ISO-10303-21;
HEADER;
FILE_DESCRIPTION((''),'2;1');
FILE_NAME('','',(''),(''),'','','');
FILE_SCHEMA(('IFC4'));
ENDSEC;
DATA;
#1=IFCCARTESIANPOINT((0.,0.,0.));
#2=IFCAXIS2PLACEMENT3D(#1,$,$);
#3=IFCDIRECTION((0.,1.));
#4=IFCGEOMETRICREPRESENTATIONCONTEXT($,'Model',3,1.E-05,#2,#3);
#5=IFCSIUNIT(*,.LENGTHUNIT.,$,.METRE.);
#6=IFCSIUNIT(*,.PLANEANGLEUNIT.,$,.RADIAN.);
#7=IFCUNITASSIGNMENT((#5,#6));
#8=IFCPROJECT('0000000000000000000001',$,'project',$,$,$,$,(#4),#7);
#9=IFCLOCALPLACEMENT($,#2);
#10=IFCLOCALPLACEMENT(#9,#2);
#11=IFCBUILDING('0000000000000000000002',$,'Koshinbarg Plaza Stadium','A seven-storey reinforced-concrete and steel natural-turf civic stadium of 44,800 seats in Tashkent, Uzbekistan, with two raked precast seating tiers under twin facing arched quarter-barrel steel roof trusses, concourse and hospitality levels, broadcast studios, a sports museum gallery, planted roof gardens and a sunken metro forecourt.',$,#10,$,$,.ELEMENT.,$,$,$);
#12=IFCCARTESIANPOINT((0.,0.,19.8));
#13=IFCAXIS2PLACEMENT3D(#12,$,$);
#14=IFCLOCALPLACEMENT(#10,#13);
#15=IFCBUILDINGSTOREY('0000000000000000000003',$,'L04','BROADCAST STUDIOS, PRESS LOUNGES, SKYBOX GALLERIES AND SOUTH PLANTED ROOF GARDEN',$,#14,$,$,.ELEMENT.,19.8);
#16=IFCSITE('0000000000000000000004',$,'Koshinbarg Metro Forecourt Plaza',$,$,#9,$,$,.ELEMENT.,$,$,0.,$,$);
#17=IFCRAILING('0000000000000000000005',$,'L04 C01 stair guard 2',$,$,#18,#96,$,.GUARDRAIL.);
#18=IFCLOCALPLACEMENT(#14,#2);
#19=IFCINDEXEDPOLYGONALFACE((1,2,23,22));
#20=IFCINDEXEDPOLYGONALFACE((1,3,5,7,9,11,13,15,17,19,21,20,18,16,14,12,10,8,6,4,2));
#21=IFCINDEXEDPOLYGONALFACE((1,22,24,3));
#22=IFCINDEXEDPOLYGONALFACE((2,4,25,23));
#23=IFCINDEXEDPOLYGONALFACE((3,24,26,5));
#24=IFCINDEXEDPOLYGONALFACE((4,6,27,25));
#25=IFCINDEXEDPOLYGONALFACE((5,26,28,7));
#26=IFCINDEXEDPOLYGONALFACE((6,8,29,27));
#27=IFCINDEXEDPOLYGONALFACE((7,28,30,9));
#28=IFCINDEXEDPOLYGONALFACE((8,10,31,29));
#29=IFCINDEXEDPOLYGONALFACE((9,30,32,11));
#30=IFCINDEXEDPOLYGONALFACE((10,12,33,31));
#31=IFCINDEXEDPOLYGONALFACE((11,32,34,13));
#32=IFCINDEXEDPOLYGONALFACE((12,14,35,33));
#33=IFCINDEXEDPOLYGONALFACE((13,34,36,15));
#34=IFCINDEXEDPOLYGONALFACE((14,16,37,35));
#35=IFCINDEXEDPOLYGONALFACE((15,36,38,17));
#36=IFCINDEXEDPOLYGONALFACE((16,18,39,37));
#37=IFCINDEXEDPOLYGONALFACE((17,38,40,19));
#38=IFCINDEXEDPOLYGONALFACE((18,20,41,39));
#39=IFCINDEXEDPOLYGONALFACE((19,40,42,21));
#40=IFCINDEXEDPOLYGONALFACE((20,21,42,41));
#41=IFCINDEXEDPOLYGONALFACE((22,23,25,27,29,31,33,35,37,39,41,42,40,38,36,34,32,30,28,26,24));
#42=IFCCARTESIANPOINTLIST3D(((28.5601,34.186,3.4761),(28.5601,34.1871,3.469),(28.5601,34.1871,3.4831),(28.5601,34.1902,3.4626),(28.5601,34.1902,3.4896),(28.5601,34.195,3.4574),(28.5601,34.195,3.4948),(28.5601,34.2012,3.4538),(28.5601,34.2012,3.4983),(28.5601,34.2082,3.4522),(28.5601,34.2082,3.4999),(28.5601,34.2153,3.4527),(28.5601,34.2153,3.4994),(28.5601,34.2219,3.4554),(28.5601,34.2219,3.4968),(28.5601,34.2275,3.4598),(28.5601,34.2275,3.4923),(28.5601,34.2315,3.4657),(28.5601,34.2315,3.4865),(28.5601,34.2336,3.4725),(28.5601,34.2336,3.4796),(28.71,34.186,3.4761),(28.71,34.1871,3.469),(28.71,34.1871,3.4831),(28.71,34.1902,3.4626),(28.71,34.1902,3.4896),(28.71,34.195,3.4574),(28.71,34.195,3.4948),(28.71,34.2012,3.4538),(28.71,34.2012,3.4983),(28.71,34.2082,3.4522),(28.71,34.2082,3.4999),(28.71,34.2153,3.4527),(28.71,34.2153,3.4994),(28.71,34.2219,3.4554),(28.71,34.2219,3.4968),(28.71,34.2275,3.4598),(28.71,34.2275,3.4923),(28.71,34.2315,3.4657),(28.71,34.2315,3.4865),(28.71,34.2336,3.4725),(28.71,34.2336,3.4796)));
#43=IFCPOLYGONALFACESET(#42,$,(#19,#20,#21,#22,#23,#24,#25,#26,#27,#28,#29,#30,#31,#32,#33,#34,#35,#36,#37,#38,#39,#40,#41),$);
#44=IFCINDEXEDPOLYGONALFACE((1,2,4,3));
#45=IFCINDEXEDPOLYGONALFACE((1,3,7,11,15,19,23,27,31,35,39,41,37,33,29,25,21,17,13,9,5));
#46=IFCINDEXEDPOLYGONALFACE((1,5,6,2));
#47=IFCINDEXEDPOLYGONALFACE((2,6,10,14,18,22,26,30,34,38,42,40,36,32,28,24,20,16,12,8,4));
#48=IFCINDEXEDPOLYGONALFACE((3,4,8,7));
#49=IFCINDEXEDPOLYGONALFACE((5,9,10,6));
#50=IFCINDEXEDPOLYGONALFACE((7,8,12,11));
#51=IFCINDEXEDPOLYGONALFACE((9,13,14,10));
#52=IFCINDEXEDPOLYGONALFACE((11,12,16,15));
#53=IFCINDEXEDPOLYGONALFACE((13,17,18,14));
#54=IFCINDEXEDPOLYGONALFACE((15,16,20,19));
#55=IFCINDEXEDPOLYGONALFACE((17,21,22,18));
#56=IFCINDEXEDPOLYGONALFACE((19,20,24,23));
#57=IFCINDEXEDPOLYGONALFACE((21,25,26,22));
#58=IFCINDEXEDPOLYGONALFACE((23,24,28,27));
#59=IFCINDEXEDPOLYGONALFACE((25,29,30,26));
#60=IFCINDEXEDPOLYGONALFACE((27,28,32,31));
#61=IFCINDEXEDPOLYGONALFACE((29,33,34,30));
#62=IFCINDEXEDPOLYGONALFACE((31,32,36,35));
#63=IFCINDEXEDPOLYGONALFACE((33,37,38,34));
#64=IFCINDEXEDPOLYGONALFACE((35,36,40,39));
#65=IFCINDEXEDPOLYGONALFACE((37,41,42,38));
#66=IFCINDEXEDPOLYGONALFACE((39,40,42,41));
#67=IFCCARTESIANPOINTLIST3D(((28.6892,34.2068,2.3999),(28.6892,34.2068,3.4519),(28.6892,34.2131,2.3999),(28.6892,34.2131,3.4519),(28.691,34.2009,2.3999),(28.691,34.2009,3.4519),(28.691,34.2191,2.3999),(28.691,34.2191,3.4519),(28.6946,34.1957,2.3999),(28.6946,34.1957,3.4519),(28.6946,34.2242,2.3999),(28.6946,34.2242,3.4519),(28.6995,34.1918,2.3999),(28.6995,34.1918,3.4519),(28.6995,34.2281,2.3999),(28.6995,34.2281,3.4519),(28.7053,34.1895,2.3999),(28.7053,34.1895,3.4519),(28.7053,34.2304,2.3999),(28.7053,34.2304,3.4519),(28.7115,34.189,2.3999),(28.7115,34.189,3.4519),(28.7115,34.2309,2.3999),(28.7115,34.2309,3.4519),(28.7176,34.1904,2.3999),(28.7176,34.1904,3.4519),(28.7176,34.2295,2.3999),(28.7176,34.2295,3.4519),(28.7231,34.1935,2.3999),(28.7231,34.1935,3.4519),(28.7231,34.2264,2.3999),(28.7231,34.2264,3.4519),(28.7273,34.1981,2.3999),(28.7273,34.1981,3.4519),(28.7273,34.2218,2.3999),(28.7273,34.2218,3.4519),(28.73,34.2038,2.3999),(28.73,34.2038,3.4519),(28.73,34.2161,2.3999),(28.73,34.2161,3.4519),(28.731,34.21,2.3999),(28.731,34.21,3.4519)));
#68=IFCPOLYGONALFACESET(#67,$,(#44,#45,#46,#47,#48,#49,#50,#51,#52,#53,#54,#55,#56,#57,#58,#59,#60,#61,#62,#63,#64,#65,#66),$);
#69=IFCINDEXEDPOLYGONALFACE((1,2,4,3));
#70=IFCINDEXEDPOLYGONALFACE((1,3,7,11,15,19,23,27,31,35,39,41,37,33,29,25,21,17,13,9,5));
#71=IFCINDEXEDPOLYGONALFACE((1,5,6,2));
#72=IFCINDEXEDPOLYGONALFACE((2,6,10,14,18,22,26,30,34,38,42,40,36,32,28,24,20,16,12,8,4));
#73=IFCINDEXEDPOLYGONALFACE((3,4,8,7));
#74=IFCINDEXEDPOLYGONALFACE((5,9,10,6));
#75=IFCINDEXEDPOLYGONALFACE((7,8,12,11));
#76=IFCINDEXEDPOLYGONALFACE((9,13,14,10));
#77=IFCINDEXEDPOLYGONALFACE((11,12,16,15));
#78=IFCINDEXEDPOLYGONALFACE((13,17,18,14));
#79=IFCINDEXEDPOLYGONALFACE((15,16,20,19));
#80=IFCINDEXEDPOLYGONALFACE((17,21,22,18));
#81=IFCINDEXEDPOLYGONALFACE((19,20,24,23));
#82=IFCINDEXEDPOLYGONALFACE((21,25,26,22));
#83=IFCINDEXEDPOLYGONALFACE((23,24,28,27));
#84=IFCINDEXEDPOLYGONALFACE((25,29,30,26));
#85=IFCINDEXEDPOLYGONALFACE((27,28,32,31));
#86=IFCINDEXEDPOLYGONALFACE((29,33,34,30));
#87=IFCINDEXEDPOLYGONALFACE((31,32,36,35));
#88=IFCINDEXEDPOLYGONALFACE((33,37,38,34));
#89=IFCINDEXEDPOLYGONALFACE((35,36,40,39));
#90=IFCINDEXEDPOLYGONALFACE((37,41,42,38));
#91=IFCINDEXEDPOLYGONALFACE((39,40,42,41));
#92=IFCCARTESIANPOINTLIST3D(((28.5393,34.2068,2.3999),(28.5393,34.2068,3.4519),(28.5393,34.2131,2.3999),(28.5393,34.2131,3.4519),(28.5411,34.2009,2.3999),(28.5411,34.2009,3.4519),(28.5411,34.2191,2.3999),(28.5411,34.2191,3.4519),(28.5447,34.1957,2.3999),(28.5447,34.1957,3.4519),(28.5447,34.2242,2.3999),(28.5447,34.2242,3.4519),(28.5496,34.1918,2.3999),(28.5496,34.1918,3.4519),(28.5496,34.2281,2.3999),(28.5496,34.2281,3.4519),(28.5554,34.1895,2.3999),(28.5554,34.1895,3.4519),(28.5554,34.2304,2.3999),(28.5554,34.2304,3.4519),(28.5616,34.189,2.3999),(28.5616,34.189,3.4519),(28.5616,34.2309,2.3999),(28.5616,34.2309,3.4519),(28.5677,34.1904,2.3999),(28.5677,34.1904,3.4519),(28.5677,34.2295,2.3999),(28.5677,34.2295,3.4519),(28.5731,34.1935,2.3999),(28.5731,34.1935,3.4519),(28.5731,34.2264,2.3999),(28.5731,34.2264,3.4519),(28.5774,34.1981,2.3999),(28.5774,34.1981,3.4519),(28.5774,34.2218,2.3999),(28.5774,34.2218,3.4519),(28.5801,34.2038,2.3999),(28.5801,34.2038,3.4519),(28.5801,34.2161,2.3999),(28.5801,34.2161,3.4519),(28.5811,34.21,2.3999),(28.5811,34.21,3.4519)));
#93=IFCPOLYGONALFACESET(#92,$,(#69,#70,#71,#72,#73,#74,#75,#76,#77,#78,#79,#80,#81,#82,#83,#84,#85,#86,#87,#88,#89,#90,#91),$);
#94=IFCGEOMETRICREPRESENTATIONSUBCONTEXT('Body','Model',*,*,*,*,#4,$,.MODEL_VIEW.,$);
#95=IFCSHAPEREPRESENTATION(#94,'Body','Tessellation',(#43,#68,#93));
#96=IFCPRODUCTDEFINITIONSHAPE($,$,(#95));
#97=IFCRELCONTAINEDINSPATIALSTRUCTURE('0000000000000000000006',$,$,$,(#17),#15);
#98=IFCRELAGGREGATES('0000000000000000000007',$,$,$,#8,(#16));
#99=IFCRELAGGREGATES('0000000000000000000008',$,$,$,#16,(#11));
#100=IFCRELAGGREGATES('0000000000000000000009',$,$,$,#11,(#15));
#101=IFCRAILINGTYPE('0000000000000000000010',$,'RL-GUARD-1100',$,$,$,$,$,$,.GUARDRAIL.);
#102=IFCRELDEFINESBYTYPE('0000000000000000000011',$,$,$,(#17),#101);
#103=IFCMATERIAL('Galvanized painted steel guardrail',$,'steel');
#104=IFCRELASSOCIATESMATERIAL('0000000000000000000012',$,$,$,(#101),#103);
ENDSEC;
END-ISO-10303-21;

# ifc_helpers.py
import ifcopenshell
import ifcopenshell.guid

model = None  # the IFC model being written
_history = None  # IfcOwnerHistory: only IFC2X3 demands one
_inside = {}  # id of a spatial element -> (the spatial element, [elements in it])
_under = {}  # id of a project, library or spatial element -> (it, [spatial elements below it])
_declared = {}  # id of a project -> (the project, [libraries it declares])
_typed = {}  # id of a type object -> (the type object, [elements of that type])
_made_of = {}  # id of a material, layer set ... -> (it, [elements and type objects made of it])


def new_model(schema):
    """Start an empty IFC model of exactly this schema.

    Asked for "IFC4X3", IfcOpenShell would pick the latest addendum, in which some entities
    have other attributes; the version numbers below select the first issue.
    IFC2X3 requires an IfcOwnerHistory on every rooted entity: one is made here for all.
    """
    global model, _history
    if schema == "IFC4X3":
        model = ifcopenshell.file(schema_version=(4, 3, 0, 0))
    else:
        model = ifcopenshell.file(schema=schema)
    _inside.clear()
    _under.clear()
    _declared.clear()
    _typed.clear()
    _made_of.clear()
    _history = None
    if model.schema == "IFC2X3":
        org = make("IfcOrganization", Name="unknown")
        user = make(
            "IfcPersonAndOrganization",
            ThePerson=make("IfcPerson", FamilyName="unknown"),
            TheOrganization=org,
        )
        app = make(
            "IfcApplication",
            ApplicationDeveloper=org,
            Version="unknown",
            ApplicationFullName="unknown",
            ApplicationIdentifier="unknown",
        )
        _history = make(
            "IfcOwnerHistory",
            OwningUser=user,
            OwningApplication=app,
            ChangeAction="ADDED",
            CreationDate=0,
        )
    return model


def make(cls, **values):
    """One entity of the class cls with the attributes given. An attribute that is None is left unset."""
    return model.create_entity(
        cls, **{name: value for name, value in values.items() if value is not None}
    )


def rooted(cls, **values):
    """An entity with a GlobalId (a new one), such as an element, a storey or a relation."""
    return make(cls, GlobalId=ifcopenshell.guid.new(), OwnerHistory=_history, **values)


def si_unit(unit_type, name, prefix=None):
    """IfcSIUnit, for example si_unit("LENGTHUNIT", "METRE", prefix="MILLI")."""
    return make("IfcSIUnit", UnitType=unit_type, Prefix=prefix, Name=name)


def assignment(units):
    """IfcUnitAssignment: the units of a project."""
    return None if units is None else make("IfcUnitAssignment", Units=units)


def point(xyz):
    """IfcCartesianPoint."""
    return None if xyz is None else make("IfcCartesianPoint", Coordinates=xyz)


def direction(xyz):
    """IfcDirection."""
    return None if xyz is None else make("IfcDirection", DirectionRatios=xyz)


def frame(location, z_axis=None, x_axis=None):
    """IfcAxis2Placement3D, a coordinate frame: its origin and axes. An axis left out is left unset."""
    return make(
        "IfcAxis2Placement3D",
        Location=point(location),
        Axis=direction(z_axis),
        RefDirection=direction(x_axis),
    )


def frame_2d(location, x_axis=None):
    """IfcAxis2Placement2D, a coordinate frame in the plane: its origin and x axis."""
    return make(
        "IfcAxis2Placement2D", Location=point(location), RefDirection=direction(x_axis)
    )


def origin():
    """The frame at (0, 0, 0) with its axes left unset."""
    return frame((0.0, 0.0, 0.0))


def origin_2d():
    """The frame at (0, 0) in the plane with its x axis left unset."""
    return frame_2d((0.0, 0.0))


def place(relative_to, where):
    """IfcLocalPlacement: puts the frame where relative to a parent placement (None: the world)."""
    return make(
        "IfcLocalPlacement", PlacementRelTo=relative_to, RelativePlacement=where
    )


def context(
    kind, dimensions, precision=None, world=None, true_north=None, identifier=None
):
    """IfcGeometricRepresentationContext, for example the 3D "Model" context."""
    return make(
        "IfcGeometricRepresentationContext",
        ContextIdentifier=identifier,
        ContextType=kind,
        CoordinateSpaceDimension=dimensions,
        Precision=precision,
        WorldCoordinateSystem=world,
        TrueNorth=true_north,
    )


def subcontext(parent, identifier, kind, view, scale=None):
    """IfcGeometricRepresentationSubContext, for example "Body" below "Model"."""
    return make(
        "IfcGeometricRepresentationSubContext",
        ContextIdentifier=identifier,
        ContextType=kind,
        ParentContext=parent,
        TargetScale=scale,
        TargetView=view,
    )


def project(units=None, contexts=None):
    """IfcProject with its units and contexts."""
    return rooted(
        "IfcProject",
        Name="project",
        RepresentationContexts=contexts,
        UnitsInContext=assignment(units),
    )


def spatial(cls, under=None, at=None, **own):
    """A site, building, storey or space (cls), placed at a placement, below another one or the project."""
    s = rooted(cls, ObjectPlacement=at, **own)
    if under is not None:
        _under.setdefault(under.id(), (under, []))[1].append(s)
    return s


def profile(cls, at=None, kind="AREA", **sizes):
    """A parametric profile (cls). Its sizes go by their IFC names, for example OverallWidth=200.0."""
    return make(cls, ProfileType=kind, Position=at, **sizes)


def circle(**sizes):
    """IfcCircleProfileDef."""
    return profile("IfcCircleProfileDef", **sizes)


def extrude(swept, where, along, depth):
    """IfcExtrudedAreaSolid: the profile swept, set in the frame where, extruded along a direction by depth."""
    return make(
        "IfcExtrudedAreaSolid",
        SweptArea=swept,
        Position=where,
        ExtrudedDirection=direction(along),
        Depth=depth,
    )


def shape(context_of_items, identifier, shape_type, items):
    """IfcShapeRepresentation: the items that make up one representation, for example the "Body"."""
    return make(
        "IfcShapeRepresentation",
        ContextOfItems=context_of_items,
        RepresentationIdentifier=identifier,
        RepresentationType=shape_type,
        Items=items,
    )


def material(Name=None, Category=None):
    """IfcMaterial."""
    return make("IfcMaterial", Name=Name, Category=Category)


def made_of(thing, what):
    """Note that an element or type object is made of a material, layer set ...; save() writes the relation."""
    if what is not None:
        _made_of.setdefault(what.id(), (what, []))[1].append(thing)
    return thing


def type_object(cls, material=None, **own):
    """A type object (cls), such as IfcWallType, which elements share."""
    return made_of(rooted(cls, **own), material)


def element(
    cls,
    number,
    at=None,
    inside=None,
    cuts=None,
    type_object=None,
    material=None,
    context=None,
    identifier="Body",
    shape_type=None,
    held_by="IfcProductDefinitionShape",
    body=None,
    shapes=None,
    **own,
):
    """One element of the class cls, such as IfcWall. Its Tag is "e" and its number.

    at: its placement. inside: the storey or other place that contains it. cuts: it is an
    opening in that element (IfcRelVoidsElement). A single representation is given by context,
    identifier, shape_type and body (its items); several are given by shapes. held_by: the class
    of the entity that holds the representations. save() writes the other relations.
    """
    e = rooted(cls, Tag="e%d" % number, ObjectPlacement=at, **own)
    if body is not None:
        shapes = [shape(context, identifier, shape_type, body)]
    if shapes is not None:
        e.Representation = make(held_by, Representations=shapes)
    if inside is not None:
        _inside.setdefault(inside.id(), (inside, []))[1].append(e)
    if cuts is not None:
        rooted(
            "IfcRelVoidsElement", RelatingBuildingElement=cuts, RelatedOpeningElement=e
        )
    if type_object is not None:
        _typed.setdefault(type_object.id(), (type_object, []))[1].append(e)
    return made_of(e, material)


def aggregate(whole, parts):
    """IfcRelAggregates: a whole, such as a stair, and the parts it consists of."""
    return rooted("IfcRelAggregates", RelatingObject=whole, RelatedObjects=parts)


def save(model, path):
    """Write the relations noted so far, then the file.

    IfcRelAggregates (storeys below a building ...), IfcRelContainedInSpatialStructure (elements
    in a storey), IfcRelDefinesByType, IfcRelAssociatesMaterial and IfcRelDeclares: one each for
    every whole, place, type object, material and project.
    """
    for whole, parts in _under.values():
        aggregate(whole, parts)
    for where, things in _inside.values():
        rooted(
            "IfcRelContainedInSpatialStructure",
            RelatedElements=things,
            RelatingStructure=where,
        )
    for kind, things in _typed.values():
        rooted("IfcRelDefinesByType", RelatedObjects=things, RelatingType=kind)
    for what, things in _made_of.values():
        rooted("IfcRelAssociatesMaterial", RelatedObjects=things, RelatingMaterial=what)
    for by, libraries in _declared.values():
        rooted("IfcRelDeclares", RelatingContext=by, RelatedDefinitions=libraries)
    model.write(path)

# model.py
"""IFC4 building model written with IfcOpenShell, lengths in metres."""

from ifc_helpers import new_model, si_unit, direction, frame, origin, origin_2d, place, context, subcontext, project, spatial, circle, extrude, material, type_object, element, save


model = new_model("IFC4")

# Units and contexts
model_context = context("Model", 3, precision=1e-05, world=origin(), true_north=direction((0.0, 1.0)))
body_context = subcontext(model_context, "Body", "Model", "MODEL_VIEW")
ifc_project = project(units=[si_unit("LENGTHUNIT", "METRE"), si_unit("PLANEANGLEUNIT", "RADIAN")], contexts=[model_context])

# Site, building, storey
site_placement = place(None, origin())
site = spatial("IfcSite", under=ifc_project, at=site_placement, Name="Koshinbarg Metro Forecourt Plaza", CompositionType="ELEMENT", RefElevation=0.0)
building_placement = place(site_placement, origin())
building = spatial("IfcBuilding", under=site, at=building_placement, Name="Koshinbarg Plaza Stadium", Description="A seven-storey reinforced-concrete and steel natural-turf civic stadium of 44,800 seats in Tashkent, Uzbekistan, with two raked precast seating tiers under twin facing arched quarter-barrel steel roof trusses, concourse and hospitality levels, broadcast studios, a sports museum gallery, planted roof gardens and a sunken metro forecourt.", CompositionType="ELEMENT")
storey_placement = place(building_placement, frame((0.0, 0.0, 19.8)))
storey = spatial("IfcBuildingStorey", under=building, at=storey_placement, Name="L04", Description="BROADCAST STUDIOS, PRESS LOUNGES, SKYBOX GALLERIES AND SOUTH PLANTED ROOF GARDEN", CompositionType="ELEMENT", Elevation=19.8)

# Railing
ifc_material_1 = material(Name="Galvanized painted steel guardrail", Category="steel")
railing_type_1 = type_object("IfcRailingType", Name="RL-GUARD-1100", PredefinedType="GUARDRAIL", material=ifc_material_1)
railing_1_placement = place(storey_placement, frame((28.71, 34.21, 2.3999)))
element("IfcRailing", 1, at=railing_1_placement, inside=storey, type_object=railing_type_1, Name="L04 C01 stair guard 2", PredefinedType="GUARDRAIL", context=body_context, shape_type="SweptSolid", body=[
    extrude(circle(Radius=0.0239, at=origin_2d()), frame((0.0, 0.0, 1.0762), z_axis=(-1.0, 0.0, 0.0), x_axis=(0.0, -1.0, 0.0)), (0.0, 0.0, 1.0), 0.1499),
    extrude(circle(Radius=0.021, at=origin_2d()), origin(), (0.0, 0.0, 1.0), 1.052),
    extrude(circle(Radius=0.021, at=origin_2d()), frame((-0.1499, 0.0, 0.0)), (0.0, 0.0, 1.0), 1.052),
])

save(model, "model.ifc")
